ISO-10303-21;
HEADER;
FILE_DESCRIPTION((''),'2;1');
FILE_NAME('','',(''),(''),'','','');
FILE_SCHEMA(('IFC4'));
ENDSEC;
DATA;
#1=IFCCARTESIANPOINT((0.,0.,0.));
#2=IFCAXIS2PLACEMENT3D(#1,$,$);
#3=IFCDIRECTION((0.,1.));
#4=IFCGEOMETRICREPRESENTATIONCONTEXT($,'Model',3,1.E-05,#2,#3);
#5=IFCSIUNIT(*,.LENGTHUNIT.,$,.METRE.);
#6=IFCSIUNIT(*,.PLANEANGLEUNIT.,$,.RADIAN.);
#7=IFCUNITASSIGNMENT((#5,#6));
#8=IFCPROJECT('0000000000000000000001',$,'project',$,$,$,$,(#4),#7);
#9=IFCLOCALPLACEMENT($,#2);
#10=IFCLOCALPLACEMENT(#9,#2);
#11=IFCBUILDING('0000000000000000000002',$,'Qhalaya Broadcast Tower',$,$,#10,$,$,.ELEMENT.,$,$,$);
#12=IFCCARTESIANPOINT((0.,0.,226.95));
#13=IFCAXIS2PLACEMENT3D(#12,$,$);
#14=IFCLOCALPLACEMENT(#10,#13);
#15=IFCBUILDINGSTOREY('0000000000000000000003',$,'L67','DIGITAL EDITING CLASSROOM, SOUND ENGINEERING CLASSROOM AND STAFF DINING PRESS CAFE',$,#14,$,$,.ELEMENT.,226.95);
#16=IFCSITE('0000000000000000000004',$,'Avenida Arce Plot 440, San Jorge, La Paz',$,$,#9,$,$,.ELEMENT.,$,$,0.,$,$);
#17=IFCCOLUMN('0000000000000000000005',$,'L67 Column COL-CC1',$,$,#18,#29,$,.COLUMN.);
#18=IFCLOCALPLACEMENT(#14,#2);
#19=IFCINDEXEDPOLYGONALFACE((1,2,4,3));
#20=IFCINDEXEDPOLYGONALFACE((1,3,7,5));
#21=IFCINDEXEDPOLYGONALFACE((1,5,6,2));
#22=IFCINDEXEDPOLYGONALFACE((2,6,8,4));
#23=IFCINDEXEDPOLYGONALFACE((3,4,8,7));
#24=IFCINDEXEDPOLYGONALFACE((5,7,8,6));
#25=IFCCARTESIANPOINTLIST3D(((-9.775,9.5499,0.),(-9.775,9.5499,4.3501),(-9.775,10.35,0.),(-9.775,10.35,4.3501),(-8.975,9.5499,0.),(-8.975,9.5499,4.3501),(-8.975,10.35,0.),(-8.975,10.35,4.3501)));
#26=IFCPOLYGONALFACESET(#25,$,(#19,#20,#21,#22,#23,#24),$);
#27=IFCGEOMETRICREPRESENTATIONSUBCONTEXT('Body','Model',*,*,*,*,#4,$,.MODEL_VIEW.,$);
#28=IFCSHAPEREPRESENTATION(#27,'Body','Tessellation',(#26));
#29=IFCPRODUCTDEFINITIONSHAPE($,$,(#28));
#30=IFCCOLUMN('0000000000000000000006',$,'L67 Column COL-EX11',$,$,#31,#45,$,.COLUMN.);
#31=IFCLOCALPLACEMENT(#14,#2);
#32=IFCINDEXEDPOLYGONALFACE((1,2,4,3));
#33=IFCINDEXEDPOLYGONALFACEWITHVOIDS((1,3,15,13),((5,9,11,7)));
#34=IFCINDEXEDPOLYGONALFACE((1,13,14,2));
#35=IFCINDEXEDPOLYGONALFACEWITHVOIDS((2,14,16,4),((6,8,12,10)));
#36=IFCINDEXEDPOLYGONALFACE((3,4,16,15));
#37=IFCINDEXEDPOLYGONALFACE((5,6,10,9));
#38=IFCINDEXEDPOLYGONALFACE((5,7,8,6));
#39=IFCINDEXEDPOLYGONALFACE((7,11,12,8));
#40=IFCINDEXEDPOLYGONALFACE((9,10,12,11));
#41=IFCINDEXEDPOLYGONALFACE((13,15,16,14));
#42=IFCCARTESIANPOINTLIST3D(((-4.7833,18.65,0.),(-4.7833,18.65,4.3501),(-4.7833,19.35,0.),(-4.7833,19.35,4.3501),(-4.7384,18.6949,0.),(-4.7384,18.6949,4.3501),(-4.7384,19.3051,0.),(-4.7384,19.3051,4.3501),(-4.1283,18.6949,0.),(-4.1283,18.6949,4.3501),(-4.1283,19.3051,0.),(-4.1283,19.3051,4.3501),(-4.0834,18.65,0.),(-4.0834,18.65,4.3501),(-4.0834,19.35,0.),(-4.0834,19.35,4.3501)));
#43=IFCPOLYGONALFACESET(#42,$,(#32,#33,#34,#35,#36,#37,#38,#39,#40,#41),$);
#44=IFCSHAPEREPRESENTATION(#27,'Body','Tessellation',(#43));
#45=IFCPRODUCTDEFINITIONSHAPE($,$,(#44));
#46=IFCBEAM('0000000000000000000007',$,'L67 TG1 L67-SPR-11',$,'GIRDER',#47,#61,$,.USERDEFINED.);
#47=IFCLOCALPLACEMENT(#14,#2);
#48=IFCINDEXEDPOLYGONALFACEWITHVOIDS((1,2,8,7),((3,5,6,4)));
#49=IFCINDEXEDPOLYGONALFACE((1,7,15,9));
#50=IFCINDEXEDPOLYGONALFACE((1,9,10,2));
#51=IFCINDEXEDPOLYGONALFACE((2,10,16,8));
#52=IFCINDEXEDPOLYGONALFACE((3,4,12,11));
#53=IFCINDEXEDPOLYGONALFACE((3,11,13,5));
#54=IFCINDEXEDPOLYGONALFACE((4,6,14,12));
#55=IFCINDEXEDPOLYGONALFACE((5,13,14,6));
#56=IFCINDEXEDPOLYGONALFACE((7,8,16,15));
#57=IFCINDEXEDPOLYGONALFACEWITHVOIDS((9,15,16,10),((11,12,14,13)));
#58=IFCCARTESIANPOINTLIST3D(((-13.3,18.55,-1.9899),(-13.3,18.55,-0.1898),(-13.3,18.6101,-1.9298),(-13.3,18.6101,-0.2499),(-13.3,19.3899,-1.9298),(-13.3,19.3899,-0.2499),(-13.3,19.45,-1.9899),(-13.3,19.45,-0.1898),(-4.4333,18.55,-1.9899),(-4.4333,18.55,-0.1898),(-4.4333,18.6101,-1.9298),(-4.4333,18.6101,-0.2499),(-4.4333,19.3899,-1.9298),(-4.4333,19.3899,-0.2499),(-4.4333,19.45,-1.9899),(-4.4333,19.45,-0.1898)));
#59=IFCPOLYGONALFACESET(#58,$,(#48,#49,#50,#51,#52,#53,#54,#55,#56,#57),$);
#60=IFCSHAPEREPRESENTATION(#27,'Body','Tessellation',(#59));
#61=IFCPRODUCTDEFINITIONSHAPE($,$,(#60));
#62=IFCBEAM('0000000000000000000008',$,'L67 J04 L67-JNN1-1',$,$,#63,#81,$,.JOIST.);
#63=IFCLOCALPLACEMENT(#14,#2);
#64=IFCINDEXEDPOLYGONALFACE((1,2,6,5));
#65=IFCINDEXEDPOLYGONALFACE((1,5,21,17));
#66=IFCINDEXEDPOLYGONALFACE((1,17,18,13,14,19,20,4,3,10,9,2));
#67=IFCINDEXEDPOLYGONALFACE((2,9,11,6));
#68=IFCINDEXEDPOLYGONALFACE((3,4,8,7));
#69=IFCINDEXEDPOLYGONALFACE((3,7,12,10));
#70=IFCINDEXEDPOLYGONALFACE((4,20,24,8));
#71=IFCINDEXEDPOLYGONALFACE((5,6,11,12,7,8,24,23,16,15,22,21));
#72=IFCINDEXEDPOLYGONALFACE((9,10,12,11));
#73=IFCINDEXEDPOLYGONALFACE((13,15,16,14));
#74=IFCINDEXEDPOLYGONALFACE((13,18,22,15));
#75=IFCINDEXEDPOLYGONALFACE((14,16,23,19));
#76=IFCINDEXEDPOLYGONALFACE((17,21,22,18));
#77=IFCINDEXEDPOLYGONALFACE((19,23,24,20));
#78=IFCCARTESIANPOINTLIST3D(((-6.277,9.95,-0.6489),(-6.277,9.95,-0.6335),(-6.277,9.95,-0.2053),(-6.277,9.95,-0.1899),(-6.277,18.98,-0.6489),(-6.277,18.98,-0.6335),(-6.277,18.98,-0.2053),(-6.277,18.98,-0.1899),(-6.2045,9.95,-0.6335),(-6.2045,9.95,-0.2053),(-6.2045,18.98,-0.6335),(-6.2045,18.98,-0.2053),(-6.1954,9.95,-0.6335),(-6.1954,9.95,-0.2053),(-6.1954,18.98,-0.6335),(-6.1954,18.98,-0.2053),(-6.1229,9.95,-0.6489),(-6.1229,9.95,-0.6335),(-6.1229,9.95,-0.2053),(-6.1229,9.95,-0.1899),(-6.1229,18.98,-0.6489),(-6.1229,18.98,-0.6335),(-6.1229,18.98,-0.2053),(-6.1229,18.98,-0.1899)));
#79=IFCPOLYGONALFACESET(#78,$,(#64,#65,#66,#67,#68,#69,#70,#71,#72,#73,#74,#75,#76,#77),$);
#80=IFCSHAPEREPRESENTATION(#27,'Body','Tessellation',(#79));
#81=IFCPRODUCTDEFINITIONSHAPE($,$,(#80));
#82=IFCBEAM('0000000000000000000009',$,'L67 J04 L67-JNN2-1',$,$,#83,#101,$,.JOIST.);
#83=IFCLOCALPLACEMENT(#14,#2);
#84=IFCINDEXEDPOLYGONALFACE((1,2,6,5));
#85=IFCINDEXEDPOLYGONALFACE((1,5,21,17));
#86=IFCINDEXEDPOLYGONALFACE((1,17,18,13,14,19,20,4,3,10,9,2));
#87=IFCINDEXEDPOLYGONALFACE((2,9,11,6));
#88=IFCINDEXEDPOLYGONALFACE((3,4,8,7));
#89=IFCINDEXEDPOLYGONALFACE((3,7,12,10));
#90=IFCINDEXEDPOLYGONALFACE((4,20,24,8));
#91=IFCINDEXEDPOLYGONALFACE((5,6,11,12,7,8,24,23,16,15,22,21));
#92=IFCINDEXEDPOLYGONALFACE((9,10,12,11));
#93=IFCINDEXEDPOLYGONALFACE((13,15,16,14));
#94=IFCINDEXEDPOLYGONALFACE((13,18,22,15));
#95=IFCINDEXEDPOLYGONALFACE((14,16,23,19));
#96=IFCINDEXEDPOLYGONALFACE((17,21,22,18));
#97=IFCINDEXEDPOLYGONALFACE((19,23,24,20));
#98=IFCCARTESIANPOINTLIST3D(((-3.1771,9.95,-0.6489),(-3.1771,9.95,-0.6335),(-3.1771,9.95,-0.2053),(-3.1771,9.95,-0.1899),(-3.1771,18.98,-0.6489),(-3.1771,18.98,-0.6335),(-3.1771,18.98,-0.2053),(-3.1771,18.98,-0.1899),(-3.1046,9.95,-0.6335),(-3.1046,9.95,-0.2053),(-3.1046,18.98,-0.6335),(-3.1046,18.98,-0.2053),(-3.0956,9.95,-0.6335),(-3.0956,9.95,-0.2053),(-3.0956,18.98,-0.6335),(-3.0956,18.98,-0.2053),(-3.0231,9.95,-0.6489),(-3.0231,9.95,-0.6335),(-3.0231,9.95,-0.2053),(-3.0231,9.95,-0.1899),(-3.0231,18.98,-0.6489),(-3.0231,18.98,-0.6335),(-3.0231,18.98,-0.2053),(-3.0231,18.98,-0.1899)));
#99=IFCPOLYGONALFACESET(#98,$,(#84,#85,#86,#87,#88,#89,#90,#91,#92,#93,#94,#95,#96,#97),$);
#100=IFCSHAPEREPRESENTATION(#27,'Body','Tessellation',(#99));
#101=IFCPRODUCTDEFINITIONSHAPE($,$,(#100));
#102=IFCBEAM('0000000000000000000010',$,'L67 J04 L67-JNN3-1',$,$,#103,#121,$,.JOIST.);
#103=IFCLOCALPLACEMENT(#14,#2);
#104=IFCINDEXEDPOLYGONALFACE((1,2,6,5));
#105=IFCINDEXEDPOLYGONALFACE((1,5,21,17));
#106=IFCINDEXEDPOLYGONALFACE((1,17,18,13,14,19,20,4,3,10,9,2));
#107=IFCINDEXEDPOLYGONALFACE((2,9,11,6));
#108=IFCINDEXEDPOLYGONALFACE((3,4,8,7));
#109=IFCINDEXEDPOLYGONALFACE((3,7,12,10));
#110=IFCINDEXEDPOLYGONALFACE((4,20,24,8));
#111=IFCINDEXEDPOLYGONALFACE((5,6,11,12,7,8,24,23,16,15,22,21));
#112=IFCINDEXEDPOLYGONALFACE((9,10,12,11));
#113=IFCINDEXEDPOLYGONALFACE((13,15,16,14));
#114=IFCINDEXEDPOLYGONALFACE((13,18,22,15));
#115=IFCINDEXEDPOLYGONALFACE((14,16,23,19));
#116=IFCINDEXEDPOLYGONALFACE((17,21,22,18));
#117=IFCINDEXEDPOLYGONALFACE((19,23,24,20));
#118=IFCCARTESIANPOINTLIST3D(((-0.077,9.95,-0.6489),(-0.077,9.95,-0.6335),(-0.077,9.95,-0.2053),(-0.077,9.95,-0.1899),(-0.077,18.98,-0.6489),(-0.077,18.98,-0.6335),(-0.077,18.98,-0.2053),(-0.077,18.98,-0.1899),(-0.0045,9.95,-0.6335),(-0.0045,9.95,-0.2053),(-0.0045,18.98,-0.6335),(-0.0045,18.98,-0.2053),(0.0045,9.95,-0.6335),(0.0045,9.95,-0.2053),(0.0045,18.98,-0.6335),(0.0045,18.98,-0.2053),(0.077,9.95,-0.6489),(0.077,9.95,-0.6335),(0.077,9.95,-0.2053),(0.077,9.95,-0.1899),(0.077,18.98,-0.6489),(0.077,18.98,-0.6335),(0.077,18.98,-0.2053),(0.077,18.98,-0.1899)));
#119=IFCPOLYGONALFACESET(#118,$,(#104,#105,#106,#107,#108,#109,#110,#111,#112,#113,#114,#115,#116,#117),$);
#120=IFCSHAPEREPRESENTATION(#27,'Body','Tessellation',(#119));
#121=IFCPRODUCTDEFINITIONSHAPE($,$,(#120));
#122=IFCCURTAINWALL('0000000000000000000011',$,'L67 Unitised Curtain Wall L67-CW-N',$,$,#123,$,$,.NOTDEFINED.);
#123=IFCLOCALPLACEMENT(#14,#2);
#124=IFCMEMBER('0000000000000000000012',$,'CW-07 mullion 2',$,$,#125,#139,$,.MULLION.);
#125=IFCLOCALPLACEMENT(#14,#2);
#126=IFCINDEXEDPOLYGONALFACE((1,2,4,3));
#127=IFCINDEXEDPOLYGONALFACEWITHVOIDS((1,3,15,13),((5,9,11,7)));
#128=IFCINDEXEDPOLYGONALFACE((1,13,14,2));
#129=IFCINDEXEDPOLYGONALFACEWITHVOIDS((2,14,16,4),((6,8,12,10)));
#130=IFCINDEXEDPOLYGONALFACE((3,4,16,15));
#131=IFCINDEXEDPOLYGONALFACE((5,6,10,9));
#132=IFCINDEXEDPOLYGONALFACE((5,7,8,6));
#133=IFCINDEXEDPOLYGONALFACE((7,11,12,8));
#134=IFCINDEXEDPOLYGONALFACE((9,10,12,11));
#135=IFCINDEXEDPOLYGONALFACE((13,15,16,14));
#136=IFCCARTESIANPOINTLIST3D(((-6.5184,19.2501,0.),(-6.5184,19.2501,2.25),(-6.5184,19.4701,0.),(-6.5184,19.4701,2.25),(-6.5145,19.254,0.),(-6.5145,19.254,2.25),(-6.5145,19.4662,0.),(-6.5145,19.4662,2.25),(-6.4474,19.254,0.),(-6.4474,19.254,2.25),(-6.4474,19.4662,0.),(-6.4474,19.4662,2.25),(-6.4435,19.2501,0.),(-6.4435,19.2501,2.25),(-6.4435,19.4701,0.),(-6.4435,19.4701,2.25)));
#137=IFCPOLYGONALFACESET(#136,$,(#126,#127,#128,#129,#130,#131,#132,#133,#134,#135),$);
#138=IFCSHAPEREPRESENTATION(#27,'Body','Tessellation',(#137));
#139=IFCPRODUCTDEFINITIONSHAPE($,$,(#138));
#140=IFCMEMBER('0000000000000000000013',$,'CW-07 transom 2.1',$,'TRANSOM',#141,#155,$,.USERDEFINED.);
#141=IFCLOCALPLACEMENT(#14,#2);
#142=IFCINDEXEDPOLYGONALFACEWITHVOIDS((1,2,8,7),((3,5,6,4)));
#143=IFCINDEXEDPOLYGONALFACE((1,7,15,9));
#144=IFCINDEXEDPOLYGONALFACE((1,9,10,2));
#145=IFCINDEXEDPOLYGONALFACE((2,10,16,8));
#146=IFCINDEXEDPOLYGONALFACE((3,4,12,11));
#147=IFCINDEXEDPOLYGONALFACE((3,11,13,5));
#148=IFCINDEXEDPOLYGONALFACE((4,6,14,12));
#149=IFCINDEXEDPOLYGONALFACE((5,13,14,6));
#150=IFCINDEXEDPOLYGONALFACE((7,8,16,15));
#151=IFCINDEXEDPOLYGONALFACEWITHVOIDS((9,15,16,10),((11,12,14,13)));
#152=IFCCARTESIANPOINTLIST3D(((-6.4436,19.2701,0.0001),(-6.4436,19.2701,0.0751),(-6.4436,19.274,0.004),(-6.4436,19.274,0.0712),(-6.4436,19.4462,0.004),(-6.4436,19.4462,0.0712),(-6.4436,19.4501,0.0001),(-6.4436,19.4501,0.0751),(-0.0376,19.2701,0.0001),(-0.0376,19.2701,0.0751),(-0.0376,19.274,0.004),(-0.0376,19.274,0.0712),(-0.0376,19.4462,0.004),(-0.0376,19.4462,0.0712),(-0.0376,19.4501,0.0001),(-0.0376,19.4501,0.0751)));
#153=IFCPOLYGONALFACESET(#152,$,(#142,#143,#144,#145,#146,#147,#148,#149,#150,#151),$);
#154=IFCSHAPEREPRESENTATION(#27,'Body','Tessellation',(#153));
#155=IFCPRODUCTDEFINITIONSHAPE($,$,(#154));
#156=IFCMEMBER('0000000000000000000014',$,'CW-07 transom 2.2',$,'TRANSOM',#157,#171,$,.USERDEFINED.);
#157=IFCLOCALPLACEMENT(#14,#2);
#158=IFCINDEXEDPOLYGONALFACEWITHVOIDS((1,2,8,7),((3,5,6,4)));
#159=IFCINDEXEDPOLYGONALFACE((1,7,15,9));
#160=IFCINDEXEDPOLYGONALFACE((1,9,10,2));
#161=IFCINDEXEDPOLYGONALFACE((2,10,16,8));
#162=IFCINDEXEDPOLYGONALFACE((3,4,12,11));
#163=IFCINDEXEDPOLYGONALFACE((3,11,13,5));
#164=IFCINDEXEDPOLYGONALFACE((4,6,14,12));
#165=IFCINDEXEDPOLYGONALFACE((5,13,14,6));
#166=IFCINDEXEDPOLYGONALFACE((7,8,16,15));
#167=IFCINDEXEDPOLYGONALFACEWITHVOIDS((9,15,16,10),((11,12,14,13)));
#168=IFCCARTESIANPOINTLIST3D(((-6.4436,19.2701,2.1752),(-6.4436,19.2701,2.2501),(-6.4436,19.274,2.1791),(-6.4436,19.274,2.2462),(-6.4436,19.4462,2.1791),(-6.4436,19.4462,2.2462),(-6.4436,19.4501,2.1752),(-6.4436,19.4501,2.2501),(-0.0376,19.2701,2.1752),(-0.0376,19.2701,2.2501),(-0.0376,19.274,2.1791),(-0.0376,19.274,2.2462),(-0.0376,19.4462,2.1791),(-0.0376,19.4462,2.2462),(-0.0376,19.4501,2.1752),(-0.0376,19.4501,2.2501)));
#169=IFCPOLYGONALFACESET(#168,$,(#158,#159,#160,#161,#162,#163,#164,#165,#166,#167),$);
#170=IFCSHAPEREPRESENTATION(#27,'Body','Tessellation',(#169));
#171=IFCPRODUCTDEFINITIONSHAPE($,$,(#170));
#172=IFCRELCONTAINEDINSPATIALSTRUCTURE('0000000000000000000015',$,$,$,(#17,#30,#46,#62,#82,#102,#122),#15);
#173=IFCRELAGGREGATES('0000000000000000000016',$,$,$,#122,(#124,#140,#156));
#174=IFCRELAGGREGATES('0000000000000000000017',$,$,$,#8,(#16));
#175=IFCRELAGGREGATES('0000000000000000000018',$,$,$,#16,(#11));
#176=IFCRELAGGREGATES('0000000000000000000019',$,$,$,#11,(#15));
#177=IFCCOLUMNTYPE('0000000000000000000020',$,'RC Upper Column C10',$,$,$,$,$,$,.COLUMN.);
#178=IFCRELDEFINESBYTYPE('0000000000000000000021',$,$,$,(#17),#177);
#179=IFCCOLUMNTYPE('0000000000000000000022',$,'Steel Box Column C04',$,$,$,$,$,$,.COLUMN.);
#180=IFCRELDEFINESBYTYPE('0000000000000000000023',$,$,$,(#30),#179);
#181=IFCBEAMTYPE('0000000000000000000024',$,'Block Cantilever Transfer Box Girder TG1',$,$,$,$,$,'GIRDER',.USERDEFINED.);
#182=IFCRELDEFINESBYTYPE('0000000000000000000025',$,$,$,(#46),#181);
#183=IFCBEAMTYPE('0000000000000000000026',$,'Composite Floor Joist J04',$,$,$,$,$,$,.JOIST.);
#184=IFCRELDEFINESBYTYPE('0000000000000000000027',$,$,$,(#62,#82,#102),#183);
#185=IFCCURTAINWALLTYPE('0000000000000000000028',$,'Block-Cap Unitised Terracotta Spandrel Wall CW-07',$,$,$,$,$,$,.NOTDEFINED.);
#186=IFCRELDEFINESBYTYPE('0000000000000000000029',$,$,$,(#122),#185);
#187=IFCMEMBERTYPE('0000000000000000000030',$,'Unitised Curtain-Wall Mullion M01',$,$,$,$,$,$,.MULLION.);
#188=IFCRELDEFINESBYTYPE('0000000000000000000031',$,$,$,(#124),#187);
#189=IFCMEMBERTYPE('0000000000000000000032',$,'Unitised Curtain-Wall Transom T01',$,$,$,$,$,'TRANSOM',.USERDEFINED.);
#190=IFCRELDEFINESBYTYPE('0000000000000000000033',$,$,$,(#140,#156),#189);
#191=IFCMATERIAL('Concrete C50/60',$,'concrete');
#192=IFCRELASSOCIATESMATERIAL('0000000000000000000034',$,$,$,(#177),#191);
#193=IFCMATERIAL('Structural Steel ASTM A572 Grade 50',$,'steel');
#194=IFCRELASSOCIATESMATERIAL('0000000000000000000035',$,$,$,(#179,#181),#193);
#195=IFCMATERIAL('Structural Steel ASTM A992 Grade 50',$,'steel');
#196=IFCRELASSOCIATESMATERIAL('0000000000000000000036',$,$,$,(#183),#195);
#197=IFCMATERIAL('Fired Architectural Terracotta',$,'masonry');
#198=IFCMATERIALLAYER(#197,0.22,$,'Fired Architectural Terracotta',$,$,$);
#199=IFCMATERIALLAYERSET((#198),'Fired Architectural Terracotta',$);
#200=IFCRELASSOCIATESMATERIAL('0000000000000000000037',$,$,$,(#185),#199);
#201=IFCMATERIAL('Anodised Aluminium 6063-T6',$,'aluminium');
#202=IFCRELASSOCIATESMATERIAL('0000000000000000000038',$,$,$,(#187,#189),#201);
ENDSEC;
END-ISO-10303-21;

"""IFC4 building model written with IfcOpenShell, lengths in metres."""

from ifc_helpers import new_model, si_unit, direction, frame, origin, origin_2d, place, context, subcontext, project, spatial, rectangle, hollow_rectangle, i_section, extrude, material, layer, layer_set, material_profile, profile_set, type_object, element, aggregate, save


model = new_model("IFC4")

# Units and contexts
model_context = context("Model", 3, precision=1e-05, world=origin(), true_north=direction((0.0, 1.0)))
body_context = subcontext(model_context, "Body", "Model", "MODEL_VIEW")
ifc_project = project(units=[si_unit("LENGTHUNIT", "METRE"), si_unit("PLANEANGLEUNIT", "RADIAN")], contexts=[model_context])

# Site, building, storey
site_placement = place(None, origin())
site = spatial("IfcSite", under=ifc_project, at=site_placement, Name="Avenida Arce Plot 440, San Jorge, La Paz", CompositionType="ELEMENT", RefElevation=0.0)
building_placement = place(site_placement, origin())
building = spatial("IfcBuilding", under=site, at=building_placement, Name="Qhalaya Broadcast Tower", CompositionType="ELEMENT")
storey_placement = place(building_placement, frame((0.0, 0.0, 226.95)))
storey = spatial("IfcBuildingStorey", under=building, at=storey_placement, Name="L67", Description="DIGITAL EDITING CLASSROOM, SOUND ENGINEERING CLASSROOM AND STAFF DINING PRESS CAFE", CompositionType="ELEMENT", Elevation=226.95)

# Columns
ifc_material_1 = material(Name="Concrete C50/60", Category="concrete")
ifc_material_profile_1 = material_profile(ifc_material_1, rectangle(XDim=0.8, YDim=0.8, at=origin_2d()), Name="RC-COL 800x800")
ifc_profile_set_1 = profile_set([ifc_material_profile_1], Name="Concrete C50/60")
column_type_1 = type_object("IfcColumnType", Name="RC Upper Column C10", PredefinedType="COLUMN", material=ifc_profile_set_1)
column_1_placement = place(storey_placement, frame((-9.375, 9.95, 0.0), z_axis=(0.0, 0.0, 1.0), x_axis=(1.0, 0.0, 0.0)))
element("IfcColumn", 1, at=column_1_placement, inside=storey, type_object=column_type_1, Name="L67 Column COL-CC1", PredefinedType="COLUMN", context=body_context, shape_type="SweptSolid", body=[
    extrude(rectangle(XDim=0.8, YDim=0.8, at=origin_2d()), origin(), (0.0, 0.0, 1.0), 4.3501),
])
ifc_material_2 = material(Name="Structural Steel ASTM A572 Grade 50", Category="steel")
ifc_material_profile_2 = material_profile(ifc_material_2, hollow_rectangle(XDim=0.7, YDim=0.7, WallThickness=0.0449, at=origin_2d()), Name="BOX 700x700x45")
ifc_profile_set_2 = profile_set([ifc_material_profile_2], Name="Structural Steel ASTM A572 Grade 50")
column_type_2 = type_object("IfcColumnType", Name="Steel Box Column C04", PredefinedType="COLUMN", material=ifc_profile_set_2)
column_2_placement = place(storey_placement, frame((-4.4333, 19.0, 0.0), z_axis=(0.0, 0.0, 1.0), x_axis=(1.0, 0.0, 0.0)))
element("IfcColumn", 2, at=column_2_placement, inside=storey, type_object=column_type_2, Name="L67 Column COL-EX11", PredefinedType="COLUMN", context=body_context, shape_type="SweptSolid", body=[
    extrude(hollow_rectangle(XDim=0.7, YDim=0.7, WallThickness=0.0449, at=origin_2d()), origin(), (0.0, 0.0, 1.0), 4.3501),
])

# Beams
ifc_material_profile_3 = material_profile(ifc_material_2, hollow_rectangle(XDim=0.8999, YDim=1.8, WallThickness=0.0601, at=origin_2d()), Name="BOX 900x1800x60")
ifc_profile_set_3 = profile_set([ifc_material_profile_3], Name="Structural Steel ASTM A572 Grade 50")
beam_type_1 = type_object("IfcBeamType", Name="Block Cantilever Transfer Box Girder TG1", ElementType="GIRDER", PredefinedType="USERDEFINED", material=ifc_profile_set_3)
beam_1_placement = place(storey_placement, frame((-4.4333, 19.0, -1.0898), z_axis=(-1.0, 0.0, 0.0), x_axis=(0.0, -1.0, 0.0)))
element("IfcBeam", 3, at=beam_1_placement, inside=storey, type_object=beam_type_1, Name="L67 TG1 L67-SPR-11", ObjectType="GIRDER", PredefinedType="USERDEFINED", context=body_context, shape_type="SweptSolid", body=[
    extrude(hollow_rectangle(XDim=0.8999, YDim=1.8, WallThickness=0.0601, at=origin_2d()), origin(), (0.0, 0.0, 1.0), 8.8667),
])
ifc_material_3 = material(Name="Structural Steel ASTM A992 Grade 50", Category="steel")
ifc_material_profile_4 = material_profile(ifc_material_3, i_section(OverallWidth=0.1541, OverallDepth=0.459, WebThickness=0.009, FlangeThickness=0.0154, at=origin_2d()), Name="W18X46")
ifc_profile_set_4 = profile_set([ifc_material_profile_4], Name="Structural Steel ASTM A992 Grade 50")
beam_type_2 = type_object("IfcBeamType", Name="Composite Floor Joist J04", PredefinedType="JOIST", material=ifc_profile_set_4)
for number, where, z_axis, x_axis, name in (
    (4, (-6.2, 9.95, -0.4194), (0.0, 1.0, 0.0), (-1.0, 0.0, 0.0), "L67 J04 L67-JNN1-1"),
    (5, (-3.1001, 9.95, -0.4194), (0.0, 1.0, 0.0), (-1.0, 0.0, 0.0), "L67 J04 L67-JNN2-1"),
    (6, (0.0, 9.95, -0.4194), (0.0, 1.0, 0.0), (-1.0, 0.0, 0.0), "L67 J04 L67-JNN3-1"),
):
    element("IfcBeam", number, at=place(storey_placement, frame(where, z_axis=z_axis, x_axis=x_axis)), inside=storey, type_object=beam_type_2, Name=name, PredefinedType="JOIST", context=body_context, shape_type="SweptSolid", body=[
        extrude(i_section(OverallWidth=0.1541, OverallDepth=0.459, WebThickness=0.009, FlangeThickness=0.0154, at=origin_2d()), origin(), (0.0, 0.0, 1.0), 9.03),
    ])

# Curtain wall, members
ifc_material_4 = material(Name="Fired Architectural Terracotta", Category="masonry")
ifc_layer_1 = layer(ifc_material_4, 0.22, Name="Fired Architectural Terracotta")
ifc_layer_set_1 = layer_set([ifc_layer_1], Name="Fired Architectural Terracotta")
curtain_wall_type = type_object("IfcCurtainWallType", Name="Block-Cap Unitised Terracotta Spandrel Wall CW-07", PredefinedType="NOTDEFINED", material=ifc_layer_set_1)
curtain_wall_placement = place(storey_placement, origin())
curtain_wall = element("IfcCurtainWall", 7, at=curtain_wall_placement, inside=storey, type_object=curtain_wall_type, Name="L67 Unitised Curtain Wall L67-CW-N", PredefinedType="NOTDEFINED")
ifc_material_5 = material(Name="Anodised Aluminium 6063-T6", Category="aluminium")
ifc_material_profile_5 = material_profile(ifc_material_5, hollow_rectangle(XDim=0.075, YDim=0.22, WallThickness=0.0039, at=origin_2d()), Name="ALU-MUL 75x220x4")
ifc_profile_set_5 = profile_set([ifc_material_profile_5], Name="Anodised Aluminium 6063-T6")
member_type_1 = type_object("IfcMemberType", Name="Unitised Curtain-Wall Mullion M01", PredefinedType="MULLION", material=ifc_profile_set_5)
member_1_placement = place(storey_placement, frame((-6.481, 19.3601, 0.0), z_axis=(0.0, 0.0, 1.0), x_axis=(1.0, 0.0, 0.0)))
member_1 = element("IfcMember", 8, at=member_1_placement, type_object=member_type_1, Name="CW-07 mullion 2", PredefinedType="MULLION", context=body_context, shape_type="SweptSolid", body=[
    extrude(hollow_rectangle(XDim=0.075, YDim=0.22, WallThickness=0.0039, at=origin_2d()), origin(), (0.0, 0.0, 1.0), 2.25),
])
ifc_material_profile_6 = material_profile(ifc_material_5, hollow_rectangle(XDim=0.075, YDim=0.1799, WallThickness=0.0039, at=origin_2d()), Name="ALU-TRN 75x180x4")
ifc_profile_set_6 = profile_set([ifc_material_profile_6], Name="Anodised Aluminium 6063-T6")
member_type_2 = type_object("IfcMemberType", Name="Unitised Curtain-Wall Transom T01", ElementType="TRANSOM", PredefinedType="USERDEFINED", material=ifc_profile_set_6)
member_2_placement = place(storey_placement, frame((-6.4436, 19.3601, 0.0376), z_axis=(1.0, 0.0, 0.0), x_axis=(0.0, 0.0, 1.0)))
member_2 = element("IfcMember", 9, at=member_2_placement, type_object=member_type_2, Name="CW-07 transom 2.1", ObjectType="TRANSOM", PredefinedType="USERDEFINED", context=body_context, shape_type="SweptSolid", body=[
    extrude(hollow_rectangle(XDim=0.075, YDim=0.1799, WallThickness=0.0039, at=origin_2d()), origin(), (0.0, 0.0, 1.0), 6.406),
])
member_3_placement = place(storey_placement, frame((-6.4436, 19.3601, 2.2126), z_axis=(1.0, 0.0, 0.0), x_axis=(0.0, 0.0, 1.0)))
member_3 = element("IfcMember", 10, at=member_3_placement, type_object=member_type_2, Name="CW-07 transom 2.2", ObjectType="TRANSOM", PredefinedType="USERDEFINED", context=body_context, shape_type="SweptSolid", body=[
    extrude(hollow_rectangle(XDim=0.075, YDim=0.1799, WallThickness=0.0039, at=origin_2d()), origin(), (0.0, 0.0, 1.0), 6.406),
])

aggregate(curtain_wall, [member_1, member_2, member_3])

save(model, "model.ifc")
